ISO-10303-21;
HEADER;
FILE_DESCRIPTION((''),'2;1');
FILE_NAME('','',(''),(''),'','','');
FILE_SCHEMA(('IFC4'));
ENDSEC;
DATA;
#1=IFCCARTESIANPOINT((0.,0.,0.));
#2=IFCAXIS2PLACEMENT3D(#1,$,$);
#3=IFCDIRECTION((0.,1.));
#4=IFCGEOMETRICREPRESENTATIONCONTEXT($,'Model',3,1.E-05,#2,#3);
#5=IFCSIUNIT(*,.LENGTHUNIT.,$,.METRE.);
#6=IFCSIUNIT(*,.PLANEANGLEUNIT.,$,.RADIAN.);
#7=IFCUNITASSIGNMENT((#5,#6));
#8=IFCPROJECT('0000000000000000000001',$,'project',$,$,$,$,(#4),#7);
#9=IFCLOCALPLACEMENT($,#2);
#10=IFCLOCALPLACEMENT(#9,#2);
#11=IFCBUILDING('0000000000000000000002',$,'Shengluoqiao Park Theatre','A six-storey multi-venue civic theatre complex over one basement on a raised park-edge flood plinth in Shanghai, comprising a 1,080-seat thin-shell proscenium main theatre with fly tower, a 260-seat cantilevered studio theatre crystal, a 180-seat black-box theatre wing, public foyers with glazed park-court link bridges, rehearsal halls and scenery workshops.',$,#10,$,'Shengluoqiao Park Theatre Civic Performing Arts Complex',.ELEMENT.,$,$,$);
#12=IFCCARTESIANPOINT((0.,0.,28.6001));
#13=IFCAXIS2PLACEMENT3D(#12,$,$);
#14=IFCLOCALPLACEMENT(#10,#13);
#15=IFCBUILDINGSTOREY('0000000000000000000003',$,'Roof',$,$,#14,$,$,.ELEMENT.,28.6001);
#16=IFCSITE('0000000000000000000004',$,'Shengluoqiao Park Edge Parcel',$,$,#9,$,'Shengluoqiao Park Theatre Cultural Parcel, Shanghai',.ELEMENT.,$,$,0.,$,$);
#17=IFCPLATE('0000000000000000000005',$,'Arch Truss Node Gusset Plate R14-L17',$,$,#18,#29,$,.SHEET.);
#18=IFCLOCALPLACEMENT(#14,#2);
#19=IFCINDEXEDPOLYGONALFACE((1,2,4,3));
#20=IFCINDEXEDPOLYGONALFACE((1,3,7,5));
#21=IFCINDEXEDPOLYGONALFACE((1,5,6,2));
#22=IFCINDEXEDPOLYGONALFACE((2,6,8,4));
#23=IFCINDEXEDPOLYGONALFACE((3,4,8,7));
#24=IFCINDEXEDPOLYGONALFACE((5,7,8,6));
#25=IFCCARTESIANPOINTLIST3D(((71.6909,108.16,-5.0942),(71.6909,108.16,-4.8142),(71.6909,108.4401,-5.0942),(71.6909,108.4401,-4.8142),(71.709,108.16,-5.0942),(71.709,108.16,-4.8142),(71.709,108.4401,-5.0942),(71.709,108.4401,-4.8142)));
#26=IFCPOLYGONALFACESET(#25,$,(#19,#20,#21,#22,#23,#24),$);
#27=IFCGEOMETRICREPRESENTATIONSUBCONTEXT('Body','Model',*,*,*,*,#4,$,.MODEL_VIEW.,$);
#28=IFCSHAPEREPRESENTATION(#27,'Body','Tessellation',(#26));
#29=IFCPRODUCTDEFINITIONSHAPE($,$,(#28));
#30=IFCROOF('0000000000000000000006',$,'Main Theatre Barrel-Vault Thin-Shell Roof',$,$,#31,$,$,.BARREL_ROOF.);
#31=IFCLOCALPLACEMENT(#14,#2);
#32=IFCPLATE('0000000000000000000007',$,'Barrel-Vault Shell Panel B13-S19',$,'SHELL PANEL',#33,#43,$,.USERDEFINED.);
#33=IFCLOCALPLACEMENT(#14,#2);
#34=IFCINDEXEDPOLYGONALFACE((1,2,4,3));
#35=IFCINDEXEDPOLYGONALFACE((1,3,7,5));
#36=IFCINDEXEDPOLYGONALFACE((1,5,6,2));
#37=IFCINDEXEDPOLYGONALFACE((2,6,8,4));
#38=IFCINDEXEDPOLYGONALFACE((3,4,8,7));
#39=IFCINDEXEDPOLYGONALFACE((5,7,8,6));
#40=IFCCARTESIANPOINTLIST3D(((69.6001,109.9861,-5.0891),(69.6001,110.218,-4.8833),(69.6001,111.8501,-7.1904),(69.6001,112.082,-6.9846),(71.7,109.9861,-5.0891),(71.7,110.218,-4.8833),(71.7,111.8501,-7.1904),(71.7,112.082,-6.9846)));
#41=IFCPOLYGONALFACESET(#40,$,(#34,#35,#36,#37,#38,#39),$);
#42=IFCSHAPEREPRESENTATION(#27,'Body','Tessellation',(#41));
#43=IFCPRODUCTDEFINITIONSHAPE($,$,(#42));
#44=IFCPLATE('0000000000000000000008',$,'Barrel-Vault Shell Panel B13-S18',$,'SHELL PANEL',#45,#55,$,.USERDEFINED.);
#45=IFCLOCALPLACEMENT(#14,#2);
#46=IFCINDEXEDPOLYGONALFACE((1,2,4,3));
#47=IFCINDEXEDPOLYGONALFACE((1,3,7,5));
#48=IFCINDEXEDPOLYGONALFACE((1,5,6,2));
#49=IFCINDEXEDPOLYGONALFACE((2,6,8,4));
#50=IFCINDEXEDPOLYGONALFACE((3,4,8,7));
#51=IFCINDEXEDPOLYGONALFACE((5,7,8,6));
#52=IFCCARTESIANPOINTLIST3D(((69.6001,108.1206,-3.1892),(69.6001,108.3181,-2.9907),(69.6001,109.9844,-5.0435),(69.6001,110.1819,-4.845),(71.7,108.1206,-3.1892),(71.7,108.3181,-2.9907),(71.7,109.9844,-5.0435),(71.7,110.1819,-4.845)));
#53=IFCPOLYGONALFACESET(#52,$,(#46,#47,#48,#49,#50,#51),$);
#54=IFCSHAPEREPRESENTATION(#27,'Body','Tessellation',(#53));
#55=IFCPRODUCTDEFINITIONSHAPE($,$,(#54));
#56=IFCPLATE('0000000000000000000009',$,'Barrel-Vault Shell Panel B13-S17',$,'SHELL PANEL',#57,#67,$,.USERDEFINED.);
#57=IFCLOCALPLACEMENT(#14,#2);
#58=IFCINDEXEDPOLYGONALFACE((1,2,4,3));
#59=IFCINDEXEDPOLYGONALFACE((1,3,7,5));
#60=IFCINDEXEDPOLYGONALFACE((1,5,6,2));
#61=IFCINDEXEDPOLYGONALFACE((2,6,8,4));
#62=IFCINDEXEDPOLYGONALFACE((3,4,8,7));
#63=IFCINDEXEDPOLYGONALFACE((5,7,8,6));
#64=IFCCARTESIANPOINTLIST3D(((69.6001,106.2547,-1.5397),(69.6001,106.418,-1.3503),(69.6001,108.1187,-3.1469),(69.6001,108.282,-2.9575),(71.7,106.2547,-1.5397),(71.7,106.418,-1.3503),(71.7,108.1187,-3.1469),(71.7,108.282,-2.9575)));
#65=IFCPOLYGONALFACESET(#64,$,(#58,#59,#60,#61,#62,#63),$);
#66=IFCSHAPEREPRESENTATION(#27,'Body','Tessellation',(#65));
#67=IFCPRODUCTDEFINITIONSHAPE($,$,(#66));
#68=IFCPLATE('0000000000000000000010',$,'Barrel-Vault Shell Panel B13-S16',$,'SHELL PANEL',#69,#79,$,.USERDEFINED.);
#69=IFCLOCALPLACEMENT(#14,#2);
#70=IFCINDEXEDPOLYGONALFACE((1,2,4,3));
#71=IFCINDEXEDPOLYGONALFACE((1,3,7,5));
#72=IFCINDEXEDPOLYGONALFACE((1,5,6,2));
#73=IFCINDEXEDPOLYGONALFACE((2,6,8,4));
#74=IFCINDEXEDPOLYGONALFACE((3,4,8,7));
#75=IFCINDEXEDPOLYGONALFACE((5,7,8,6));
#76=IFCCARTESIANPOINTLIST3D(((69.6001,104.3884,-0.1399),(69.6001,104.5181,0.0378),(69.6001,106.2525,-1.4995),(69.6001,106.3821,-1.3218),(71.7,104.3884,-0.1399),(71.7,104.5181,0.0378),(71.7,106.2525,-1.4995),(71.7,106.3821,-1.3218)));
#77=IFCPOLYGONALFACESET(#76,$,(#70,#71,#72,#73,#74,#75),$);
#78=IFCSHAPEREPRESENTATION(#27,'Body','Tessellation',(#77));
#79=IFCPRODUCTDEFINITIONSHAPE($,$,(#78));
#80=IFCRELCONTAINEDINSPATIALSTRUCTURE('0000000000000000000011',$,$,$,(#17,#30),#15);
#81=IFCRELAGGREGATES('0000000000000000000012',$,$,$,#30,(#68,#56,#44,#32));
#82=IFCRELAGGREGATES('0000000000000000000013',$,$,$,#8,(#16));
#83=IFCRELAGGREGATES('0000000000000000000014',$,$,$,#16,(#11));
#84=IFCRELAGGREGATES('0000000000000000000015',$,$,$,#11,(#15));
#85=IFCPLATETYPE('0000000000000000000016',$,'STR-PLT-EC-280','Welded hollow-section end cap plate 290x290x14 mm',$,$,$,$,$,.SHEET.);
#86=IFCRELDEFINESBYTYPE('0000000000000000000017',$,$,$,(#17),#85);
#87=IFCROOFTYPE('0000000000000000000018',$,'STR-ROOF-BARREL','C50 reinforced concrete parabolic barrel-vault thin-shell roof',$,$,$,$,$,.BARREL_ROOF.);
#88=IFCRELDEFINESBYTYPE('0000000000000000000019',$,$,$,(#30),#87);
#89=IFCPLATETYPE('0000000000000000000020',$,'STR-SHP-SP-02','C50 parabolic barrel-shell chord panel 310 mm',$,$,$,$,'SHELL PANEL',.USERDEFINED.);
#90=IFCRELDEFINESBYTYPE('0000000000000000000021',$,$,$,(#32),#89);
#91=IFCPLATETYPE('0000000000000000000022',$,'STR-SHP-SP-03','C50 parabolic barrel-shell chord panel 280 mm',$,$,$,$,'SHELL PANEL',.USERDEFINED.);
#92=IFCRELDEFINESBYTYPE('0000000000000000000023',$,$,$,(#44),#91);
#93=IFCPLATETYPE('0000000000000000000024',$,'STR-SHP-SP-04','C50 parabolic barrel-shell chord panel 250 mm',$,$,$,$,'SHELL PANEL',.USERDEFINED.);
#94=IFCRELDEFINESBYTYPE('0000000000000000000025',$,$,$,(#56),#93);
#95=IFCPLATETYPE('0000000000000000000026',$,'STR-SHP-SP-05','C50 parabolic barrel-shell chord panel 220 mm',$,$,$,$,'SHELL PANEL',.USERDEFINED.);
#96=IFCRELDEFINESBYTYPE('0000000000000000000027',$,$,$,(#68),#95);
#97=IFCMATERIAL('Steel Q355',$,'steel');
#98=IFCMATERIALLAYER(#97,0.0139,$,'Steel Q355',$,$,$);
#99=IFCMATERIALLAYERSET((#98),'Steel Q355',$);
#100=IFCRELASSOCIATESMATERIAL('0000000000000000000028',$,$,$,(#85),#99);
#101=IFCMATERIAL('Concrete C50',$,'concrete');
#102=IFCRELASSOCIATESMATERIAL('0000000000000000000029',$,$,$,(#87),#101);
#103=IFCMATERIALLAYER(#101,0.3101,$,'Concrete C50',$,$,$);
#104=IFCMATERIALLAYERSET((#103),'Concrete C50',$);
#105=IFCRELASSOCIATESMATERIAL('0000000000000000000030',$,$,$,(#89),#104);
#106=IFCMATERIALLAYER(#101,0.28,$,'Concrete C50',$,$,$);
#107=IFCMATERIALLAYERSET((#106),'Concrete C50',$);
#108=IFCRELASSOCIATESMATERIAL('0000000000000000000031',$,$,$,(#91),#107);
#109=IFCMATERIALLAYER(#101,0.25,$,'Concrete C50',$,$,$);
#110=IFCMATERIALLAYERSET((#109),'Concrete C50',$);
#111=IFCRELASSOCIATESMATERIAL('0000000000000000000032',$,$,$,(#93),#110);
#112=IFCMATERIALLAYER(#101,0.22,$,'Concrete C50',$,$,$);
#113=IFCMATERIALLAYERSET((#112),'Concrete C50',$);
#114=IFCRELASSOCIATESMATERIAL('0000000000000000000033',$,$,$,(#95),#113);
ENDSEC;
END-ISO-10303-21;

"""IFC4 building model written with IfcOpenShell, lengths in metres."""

from ifc_helpers import new_model, si_unit, direction, frame, origin, origin_2d, place, context, subcontext, project, spatial, polyline, rectangle, outline, extrude, material, layer, layer_set, type_object, element, aggregate, save


model = new_model("IFC4")

# Units and contexts
model_context = context("Model", 3, precision=1e-05, world=origin(), true_north=direction((0.0, 1.0)))
body_context = subcontext(model_context, "Body", "Model", "MODEL_VIEW")
ifc_project = project(units=[si_unit("LENGTHUNIT", "METRE"), si_unit("PLANEANGLEUNIT", "RADIAN")], contexts=[model_context])

# Site, building, storey
site_placement = place(None, origin())
site = spatial("IfcSite", under=ifc_project, at=site_placement, Name="Shengluoqiao Park Edge Parcel", LongName="Shengluoqiao Park Theatre Cultural Parcel, Shanghai", CompositionType="ELEMENT", RefElevation=0.0)
building_placement = place(site_placement, origin())
building = spatial("IfcBuilding", under=site, at=building_placement, Name="Shengluoqiao Park Theatre", Description="A six-storey multi-venue civic theatre complex over one basement on a raised park-edge flood plinth in Shanghai, comprising a 1,080-seat thin-shell proscenium main theatre with fly tower, a 260-seat cantilevered studio theatre crystal, a 180-seat black-box theatre wing, public foyers with glazed park-court link bridges, rehearsal halls and scenery workshops.", LongName="Shengluoqiao Park Theatre Civic Performing Arts Complex", CompositionType="ELEMENT")
storey_placement = place(building_placement, frame((0.0, 0.0, 28.6001)))
storey = spatial("IfcBuildingStorey", under=building, at=storey_placement, Name="Roof", CompositionType="ELEMENT", Elevation=28.6001)

# Shared definitions
ifc_material_1 = material(Name="Concrete C50", Category="concrete")
ifc_material_2 = material(Name="Steel Q355", Category="steel")

# Plate
ifc_layer_1 = layer(ifc_material_2, 0.0139, Name="Steel Q355")
ifc_layer_set_1 = layer_set([ifc_layer_1], Name="Steel Q355")
plate_type_1 = type_object("IfcPlateType", Name="STR-PLT-EC-280", Description="Welded hollow-section end cap plate 290x290x14 mm", PredefinedType="SHEET", material=ifc_layer_set_1)
for number, where, z_axis, x_axis, name in (
    (1, (71.7, 108.3, -5.0942), (0.0, 0.0, 1.0), (1.0, 0.0, 0.0), "Arch Truss Node Gusset Plate R14-L17"),
):
    element("IfcPlate", number, at=place(storey_placement, frame(where, z_axis=z_axis, x_axis=x_axis)), inside=storey, type_object=plate_type_1, Name=name, PredefinedType="SHEET", context=body_context, shape_type="SweptSolid", body=[
        extrude(rectangle(XDim=0.0181, YDim=0.28, at=origin_2d()), origin(), (0.0, 0.0, 1.0), 0.28),
    ])

# Roof, plates
roof_type = type_object("IfcRoofType", Name="STR-ROOF-BARREL", Description="C50 reinforced concrete parabolic barrel-vault thin-shell roof", PredefinedType="BARREL_ROOF", material=ifc_material_1)
roof_placement = place(storey_placement, origin())
roof = element("IfcRoof", 2, at=roof_placement, inside=storey, type_object=roof_type, Name="Main Theatre Barrel-Vault Thin-Shell Roof", PredefinedType="BARREL_ROOF")
ifc_layer_2 = layer(ifc_material_1, 0.3101, Name="Concrete C50")
ifc_layer_set_2 = layer_set([ifc_layer_2], Name="Concrete C50")
plate_type_2 = type_object("IfcPlateType", Name="STR-SHP-SP-02", Description="C50 parabolic barrel-shell chord panel 310 mm", ElementType="SHELL PANEL", PredefinedType="USERDEFINED", material=ifc_layer_set_2)
plate_1_placement = place(storey_placement, frame((69.6001, 110.218, -4.8833), z_axis=(0.0, 0.748085, 0.663603), x_axis=(1.0, 0.0, 0.0)))
plate_1 = element("IfcPlate", 3, at=plate_1_placement, type_object=plate_type_2, Name="Barrel-Vault Shell Panel B13-S19", ObjectType="SHELL PANEL", PredefinedType="USERDEFINED", context=body_context, shape_type="SweptSolid", body=[
    extrude(outline(polyline([(0.0, 0.0), (2.0999, 0.0), (2.0999, 2.8089), (0.0, 2.8089), (0.0, 0.0)])), origin(), (0.0, 0.0, -1.0), 0.3101),
])
ifc_layer_3 = layer(ifc_material_1, 0.28, Name="Concrete C50")
ifc_layer_set_3 = layer_set([ifc_layer_3], Name="Concrete C50")
plate_type_3 = type_object("IfcPlateType", Name="STR-SHP-SP-03", Description="C50 parabolic barrel-shell chord panel 280 mm", ElementType="SHELL PANEL", PredefinedType="USERDEFINED", material=ifc_layer_set_3)
plate_2_placement = place(storey_placement, frame((69.6001, 108.3181, -2.9907), z_axis=(0.0, 0.705294, 0.708915), x_axis=(1.0, 0.0, 0.0)))
plate_2 = element("IfcPlate", 4, at=plate_2_placement, type_object=plate_type_3, Name="Barrel-Vault Shell Panel B13-S18", ObjectType="SHELL PANEL", PredefinedType="USERDEFINED", context=body_context, shape_type="SweptSolid", body=[
    extrude(outline(polyline([(0.0, 0.0), (2.0999, 0.0), (2.0999, 2.629), (0.0, 2.629), (0.0, 0.0)])), origin(), (0.0, 0.0, -1.0), 0.28),
])
ifc_layer_4 = layer(ifc_material_1, 0.25, Name="Concrete C50")
ifc_layer_set_4 = layer_set([ifc_layer_4], Name="Concrete C50")
plate_type_4 = type_object("IfcPlateType", Name="STR-SHP-SP-04", Description="C50 parabolic barrel-shell chord panel 250 mm", ElementType="SHELL PANEL", PredefinedType="USERDEFINED", material=ifc_layer_set_4)
plate_3_placement = place(storey_placement, frame((69.6001, 106.418, -1.3503), z_axis=(0.0, 0.653002, 0.757356), x_axis=(1.0, 0.0, 0.0)))
plate_3 = element("IfcPlate", 5, at=plate_3_placement, type_object=plate_type_4, Name="Barrel-Vault Shell Panel B13-S17", ObjectType="SHELL PANEL", PredefinedType="USERDEFINED", context=body_context, shape_type="SweptSolid", body=[
    extrude(outline(polyline([(0.0, 0.0), (2.0999, 0.0), (2.0999, 2.4612), (0.0, 2.4612), (0.0, 0.0)])), origin(), (0.0, 0.0, -1.0), 0.25),
])
ifc_layer_5 = layer(ifc_material_1, 0.22, Name="Concrete C50")
ifc_layer_set_5 = layer_set([ifc_layer_5], Name="Concrete C50")
plate_type_5 = type_object("IfcPlateType", Name="STR-SHP-SP-05", Description="C50 parabolic barrel-shell chord panel 220 mm", ElementType="SHELL PANEL", PredefinedType="USERDEFINED", material=ifc_layer_set_5)
plate_4_placement = place(storey_placement, frame((69.6001, 104.5181, 0.0378), z_axis=(0.0, 0.589297, 0.807916), x_axis=(1.0, 0.0, 0.0)))
plate_4 = element("IfcPlate", 6, at=plate_4_placement, type_object=plate_type_5, Name="Barrel-Vault Shell Panel B13-S16", ObjectType="SHELL PANEL", PredefinedType="USERDEFINED", context=body_context, shape_type="SweptSolid", body=[
    extrude(outline(polyline([(0.0, 0.0), (2.0999, 0.0), (2.0999, 2.3072), (0.0, 2.3072), (0.0, 0.0)])), origin(), (0.0, 0.0, -1.0), 0.22),
])
aggregate(roof, [plate_4, plate_3, plate_2, plate_1])

save(model, "model.ifc")
